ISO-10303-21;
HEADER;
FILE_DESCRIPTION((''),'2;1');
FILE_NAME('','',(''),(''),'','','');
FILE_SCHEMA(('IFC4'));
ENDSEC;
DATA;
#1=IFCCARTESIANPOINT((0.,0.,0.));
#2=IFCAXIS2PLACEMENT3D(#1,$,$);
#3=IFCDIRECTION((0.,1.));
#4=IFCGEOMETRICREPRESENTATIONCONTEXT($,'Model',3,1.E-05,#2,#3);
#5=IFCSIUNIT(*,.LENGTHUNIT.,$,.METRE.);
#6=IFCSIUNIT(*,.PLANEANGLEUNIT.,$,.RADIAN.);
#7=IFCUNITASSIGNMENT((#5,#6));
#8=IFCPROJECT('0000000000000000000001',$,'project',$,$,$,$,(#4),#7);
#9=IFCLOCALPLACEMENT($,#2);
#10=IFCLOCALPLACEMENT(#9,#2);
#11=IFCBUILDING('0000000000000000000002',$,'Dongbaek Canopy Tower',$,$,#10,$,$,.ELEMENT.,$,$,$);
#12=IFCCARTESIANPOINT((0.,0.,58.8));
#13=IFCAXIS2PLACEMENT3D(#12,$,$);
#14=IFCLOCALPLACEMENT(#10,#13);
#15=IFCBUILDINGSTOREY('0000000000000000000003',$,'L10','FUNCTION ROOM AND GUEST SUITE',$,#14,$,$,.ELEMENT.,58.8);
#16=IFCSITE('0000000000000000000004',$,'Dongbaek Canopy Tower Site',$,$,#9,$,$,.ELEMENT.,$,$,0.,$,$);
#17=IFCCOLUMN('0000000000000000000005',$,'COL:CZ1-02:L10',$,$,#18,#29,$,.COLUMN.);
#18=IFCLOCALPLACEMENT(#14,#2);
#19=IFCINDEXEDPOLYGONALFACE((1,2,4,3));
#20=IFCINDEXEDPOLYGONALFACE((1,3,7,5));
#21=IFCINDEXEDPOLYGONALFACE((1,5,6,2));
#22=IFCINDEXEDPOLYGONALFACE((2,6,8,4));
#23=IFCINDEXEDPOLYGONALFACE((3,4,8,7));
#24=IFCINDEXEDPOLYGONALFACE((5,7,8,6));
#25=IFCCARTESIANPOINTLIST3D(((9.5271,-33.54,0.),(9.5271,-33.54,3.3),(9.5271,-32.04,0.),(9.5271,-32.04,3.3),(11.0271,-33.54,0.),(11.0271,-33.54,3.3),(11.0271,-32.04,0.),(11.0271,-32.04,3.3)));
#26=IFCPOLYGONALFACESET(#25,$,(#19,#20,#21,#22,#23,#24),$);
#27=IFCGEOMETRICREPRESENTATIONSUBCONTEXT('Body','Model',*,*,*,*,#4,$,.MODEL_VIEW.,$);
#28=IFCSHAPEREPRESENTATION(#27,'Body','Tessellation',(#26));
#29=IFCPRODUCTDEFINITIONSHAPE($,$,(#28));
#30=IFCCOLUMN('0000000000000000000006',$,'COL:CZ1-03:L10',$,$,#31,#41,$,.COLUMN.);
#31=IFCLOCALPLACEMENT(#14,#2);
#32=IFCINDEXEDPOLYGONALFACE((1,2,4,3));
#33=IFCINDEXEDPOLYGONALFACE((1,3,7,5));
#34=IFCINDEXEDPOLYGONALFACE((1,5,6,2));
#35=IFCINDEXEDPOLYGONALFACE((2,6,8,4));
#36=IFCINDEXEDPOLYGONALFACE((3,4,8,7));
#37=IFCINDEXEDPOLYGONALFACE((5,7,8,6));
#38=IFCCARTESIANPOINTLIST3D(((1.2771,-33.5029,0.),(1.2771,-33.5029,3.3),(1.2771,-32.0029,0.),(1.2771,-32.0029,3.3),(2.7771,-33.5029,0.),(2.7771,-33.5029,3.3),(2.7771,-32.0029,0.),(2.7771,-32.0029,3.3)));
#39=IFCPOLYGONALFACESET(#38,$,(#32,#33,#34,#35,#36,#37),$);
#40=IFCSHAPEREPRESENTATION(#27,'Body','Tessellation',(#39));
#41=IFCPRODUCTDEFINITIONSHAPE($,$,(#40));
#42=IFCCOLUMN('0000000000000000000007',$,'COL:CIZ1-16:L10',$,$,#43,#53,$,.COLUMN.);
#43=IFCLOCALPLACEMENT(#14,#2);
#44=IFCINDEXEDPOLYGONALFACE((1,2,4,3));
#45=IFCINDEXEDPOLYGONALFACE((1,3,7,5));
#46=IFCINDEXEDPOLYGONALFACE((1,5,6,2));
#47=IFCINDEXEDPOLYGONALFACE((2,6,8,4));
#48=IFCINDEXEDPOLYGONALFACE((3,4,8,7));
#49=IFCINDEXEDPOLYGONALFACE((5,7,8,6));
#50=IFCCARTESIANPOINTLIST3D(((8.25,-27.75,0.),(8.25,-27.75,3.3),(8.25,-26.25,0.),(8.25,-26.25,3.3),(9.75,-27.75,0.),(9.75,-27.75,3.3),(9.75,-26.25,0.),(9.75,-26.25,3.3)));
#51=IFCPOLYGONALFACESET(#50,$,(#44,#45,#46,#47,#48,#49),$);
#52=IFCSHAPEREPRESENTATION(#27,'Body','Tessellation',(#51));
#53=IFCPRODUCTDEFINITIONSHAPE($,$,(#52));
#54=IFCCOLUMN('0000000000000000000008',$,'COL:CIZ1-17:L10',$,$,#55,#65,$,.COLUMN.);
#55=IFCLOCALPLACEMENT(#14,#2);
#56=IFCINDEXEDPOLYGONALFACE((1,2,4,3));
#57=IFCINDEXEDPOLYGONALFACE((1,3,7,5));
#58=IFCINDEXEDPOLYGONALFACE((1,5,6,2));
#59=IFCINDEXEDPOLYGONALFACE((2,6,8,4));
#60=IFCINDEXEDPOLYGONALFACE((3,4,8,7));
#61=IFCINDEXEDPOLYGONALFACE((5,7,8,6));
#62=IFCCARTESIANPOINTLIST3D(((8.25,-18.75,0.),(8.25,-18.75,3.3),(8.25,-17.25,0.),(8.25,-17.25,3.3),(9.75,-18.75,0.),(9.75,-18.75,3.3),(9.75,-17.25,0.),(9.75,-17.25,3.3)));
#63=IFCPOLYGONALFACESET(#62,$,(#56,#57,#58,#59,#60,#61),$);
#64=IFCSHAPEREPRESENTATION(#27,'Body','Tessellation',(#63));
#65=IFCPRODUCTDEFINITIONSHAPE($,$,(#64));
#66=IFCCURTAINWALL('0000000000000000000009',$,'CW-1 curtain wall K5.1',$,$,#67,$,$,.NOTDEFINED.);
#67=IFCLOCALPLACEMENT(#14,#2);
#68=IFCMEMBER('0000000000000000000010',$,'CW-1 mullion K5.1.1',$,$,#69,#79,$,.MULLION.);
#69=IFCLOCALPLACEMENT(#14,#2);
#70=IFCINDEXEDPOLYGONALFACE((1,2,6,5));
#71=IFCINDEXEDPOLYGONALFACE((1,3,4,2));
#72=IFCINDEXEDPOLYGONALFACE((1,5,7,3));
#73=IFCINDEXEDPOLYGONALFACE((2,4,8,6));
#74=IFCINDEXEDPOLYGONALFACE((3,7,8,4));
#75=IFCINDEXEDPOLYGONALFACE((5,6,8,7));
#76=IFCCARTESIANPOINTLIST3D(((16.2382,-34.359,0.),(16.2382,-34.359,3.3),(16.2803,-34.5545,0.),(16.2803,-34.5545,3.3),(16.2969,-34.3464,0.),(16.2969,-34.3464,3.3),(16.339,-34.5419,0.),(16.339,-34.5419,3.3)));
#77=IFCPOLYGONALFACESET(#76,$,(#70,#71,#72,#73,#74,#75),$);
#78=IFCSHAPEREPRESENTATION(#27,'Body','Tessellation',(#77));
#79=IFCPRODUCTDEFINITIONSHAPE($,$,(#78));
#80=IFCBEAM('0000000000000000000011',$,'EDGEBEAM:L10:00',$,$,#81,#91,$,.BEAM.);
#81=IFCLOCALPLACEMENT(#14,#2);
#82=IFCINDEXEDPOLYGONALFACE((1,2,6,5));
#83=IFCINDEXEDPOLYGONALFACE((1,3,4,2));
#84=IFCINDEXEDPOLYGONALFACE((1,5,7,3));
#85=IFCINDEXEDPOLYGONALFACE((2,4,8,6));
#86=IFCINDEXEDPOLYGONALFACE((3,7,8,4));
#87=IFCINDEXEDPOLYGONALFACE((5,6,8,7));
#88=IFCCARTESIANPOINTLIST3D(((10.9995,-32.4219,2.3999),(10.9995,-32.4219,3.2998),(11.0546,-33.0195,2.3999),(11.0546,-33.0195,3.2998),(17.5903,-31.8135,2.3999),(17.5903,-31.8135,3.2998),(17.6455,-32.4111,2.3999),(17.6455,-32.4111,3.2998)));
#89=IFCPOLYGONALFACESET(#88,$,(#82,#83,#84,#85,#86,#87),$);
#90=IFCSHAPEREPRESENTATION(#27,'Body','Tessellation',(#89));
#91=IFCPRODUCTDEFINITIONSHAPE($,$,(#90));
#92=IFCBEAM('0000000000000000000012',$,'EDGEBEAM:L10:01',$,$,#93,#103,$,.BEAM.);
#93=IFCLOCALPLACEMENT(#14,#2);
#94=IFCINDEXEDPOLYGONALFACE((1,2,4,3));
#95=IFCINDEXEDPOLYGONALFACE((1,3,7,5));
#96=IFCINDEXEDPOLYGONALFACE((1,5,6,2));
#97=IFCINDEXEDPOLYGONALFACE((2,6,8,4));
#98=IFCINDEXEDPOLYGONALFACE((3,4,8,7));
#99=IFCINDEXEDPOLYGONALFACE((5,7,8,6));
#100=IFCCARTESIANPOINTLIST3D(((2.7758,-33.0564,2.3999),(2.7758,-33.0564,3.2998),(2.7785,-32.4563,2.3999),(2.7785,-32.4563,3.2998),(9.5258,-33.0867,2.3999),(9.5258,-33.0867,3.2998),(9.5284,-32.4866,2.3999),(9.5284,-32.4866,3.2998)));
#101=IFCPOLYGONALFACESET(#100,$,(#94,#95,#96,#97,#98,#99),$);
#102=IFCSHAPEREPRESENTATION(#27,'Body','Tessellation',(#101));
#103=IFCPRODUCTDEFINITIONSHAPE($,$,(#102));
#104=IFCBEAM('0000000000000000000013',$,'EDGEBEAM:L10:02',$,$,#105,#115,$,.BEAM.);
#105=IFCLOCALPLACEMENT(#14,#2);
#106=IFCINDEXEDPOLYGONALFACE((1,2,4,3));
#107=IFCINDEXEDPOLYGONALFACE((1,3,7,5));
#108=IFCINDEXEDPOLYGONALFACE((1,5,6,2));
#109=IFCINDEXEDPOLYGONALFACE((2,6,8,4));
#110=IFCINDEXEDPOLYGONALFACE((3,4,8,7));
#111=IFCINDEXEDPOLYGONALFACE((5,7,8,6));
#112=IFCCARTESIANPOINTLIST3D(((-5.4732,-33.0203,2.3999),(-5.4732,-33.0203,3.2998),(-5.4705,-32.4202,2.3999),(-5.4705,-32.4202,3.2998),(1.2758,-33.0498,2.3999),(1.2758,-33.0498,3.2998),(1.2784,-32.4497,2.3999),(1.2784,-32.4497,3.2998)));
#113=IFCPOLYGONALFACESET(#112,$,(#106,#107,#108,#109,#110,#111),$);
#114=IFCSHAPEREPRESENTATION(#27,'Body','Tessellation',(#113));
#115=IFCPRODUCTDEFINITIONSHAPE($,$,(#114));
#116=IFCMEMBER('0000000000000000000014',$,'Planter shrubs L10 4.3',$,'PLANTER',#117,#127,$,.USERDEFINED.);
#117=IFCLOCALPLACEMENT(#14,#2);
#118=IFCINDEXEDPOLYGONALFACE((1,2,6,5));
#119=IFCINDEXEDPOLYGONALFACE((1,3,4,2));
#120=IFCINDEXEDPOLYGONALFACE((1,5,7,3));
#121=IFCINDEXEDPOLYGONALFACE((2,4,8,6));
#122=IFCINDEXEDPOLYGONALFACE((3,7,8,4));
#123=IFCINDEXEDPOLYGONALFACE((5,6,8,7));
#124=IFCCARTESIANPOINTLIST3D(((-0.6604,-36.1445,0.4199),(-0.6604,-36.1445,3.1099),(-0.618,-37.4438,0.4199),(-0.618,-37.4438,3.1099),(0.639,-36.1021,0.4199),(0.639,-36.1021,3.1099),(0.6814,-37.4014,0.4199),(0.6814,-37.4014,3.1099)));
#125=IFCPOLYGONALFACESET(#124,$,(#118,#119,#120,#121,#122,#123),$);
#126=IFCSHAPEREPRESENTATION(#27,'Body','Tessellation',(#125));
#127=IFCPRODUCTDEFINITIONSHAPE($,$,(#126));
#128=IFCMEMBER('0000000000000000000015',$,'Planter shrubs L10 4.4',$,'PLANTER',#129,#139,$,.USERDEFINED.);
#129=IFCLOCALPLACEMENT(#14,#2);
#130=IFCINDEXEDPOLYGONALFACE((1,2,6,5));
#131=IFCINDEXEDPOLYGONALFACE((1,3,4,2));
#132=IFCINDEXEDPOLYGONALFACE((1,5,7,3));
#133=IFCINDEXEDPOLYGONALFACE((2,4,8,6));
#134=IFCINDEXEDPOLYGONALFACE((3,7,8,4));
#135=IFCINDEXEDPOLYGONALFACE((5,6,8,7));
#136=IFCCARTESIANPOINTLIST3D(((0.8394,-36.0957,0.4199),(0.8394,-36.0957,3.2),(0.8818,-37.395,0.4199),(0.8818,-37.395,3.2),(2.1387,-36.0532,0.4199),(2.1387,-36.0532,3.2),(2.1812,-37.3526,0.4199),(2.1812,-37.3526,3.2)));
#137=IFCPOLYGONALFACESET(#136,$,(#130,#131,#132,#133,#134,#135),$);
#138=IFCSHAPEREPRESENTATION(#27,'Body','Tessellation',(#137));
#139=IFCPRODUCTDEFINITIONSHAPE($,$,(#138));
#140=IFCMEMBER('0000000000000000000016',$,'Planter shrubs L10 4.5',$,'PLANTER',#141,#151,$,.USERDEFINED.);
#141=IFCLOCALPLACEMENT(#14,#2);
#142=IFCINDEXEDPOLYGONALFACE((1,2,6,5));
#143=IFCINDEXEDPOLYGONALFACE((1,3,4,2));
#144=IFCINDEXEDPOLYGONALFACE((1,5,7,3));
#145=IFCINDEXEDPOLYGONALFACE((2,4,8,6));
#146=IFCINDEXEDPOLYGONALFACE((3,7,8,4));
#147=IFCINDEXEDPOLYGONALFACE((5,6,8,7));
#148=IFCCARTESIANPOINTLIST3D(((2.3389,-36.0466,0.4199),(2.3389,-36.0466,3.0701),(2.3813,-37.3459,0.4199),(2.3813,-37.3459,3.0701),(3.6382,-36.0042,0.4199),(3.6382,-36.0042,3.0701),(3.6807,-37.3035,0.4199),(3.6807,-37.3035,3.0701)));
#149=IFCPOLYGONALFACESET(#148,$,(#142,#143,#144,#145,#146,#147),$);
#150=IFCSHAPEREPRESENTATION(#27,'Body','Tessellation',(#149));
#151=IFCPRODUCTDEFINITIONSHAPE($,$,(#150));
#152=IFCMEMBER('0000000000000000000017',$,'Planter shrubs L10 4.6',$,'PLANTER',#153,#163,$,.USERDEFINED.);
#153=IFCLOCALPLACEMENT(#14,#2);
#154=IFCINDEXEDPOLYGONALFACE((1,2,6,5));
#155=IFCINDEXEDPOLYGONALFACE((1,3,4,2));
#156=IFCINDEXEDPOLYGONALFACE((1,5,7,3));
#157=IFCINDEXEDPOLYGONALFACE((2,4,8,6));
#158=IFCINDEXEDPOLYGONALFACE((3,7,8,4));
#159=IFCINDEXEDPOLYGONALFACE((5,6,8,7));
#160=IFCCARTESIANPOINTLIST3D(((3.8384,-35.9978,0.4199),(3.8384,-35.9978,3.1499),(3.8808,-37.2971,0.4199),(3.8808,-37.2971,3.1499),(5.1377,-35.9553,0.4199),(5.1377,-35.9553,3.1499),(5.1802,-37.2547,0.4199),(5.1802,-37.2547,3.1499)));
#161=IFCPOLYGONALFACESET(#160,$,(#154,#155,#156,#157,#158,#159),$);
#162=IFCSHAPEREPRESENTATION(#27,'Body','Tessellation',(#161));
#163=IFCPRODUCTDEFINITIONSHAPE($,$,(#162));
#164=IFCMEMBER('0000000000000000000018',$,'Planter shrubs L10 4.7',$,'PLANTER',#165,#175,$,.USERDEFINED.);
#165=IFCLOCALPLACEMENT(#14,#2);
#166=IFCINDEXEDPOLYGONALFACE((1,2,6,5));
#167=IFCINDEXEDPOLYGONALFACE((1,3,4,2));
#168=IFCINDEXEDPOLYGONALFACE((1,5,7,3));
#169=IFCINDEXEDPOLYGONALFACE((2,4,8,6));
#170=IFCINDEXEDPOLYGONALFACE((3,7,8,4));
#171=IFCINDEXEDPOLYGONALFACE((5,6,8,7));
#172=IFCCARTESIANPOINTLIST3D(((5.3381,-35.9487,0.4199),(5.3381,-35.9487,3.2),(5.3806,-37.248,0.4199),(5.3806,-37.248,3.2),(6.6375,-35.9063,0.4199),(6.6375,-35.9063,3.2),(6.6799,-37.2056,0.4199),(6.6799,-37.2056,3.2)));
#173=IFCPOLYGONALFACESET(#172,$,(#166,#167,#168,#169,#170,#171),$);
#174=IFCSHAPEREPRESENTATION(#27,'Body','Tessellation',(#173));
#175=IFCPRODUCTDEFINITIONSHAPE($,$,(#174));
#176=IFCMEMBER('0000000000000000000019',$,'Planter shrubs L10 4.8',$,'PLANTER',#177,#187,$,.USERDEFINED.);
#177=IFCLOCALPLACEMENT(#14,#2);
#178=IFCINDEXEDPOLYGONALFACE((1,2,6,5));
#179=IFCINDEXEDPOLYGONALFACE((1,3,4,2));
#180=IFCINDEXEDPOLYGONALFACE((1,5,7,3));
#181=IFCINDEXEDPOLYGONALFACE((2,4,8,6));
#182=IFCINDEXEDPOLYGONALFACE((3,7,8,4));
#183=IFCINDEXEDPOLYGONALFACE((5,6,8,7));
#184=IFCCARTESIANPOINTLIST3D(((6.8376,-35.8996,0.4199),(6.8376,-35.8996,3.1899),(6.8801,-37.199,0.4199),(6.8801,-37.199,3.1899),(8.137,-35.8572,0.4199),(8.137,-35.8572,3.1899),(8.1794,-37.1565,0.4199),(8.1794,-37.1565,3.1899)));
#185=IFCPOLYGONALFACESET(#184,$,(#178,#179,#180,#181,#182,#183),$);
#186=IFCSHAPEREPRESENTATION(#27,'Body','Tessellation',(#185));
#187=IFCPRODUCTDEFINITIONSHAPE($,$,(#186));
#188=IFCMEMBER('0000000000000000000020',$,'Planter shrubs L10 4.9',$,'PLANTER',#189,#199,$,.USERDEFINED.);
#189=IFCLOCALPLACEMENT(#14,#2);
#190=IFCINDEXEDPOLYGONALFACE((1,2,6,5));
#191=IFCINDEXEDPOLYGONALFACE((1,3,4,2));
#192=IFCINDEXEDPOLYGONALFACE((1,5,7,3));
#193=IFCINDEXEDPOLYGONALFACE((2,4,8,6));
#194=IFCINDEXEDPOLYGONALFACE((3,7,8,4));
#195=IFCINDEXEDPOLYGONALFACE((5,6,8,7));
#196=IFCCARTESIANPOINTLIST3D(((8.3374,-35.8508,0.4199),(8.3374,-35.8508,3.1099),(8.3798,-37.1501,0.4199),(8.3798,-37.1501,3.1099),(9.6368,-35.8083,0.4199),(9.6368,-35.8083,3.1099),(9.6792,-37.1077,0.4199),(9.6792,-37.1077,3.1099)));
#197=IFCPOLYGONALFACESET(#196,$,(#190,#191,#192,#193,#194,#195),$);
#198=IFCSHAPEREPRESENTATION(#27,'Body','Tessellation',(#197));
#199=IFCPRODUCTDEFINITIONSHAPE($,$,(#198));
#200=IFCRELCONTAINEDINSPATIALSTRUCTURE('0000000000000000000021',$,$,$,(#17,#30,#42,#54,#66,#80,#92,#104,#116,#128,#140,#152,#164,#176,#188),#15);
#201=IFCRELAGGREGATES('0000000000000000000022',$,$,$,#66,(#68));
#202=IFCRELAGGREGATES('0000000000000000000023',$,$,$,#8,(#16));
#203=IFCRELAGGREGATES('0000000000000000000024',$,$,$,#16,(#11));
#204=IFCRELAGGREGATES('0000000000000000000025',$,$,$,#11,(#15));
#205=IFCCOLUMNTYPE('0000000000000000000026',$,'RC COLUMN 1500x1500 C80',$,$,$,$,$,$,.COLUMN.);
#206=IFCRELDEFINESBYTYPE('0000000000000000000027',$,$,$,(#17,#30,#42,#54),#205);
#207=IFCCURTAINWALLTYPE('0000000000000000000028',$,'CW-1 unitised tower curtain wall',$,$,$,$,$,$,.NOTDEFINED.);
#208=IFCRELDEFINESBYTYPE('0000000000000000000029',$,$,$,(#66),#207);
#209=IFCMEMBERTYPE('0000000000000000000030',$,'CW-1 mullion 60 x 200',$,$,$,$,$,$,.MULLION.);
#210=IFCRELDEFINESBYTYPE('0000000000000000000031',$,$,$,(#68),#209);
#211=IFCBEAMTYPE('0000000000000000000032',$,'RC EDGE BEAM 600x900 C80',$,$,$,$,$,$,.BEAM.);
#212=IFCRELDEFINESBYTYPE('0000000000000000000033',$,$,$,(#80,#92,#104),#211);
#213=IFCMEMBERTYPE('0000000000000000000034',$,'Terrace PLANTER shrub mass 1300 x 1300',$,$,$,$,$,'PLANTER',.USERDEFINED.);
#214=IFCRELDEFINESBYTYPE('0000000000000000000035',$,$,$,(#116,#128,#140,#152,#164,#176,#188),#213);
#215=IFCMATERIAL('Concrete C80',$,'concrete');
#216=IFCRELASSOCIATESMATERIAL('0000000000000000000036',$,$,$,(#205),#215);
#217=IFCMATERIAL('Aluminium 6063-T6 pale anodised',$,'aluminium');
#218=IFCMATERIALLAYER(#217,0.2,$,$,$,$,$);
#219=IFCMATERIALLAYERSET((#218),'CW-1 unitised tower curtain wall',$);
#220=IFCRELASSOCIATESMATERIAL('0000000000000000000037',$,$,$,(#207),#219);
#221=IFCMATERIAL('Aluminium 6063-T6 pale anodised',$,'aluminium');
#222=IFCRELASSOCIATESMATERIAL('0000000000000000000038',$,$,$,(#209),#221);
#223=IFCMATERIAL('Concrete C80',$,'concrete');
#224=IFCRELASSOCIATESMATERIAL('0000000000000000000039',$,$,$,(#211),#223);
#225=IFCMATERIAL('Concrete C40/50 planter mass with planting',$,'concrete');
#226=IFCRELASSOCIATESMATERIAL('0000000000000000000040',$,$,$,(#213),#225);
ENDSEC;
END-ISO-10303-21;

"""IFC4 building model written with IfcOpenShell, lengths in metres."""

from ifc_helpers import new_model, si_unit, direction, frame, origin, origin_2d, place, context, subcontext, project, spatial, rectangle, extrude, material, layer, layer_set, material_profile, profile_set, type_object, element, aggregate, save


model = new_model("IFC4")

# Units and contexts
model_context = context("Model", 3, precision=1e-05, world=origin(), true_north=direction((0.0, 1.0)))
body_context = subcontext(model_context, "Body", "Model", "MODEL_VIEW")
ifc_project = project(units=[si_unit("LENGTHUNIT", "METRE"), si_unit("PLANEANGLEUNIT", "RADIAN")], contexts=[model_context])

# Site, building, storey
site_placement = place(None, origin())
site = spatial("IfcSite", under=ifc_project, at=site_placement, Name="Dongbaek Canopy Tower Site", CompositionType="ELEMENT", RefElevation=0.0)
building_placement = place(site_placement, origin())
building = spatial("IfcBuilding", under=site, at=building_placement, Name="Dongbaek Canopy Tower", CompositionType="ELEMENT")
storey_placement = place(building_placement, frame((0.0, 0.0, 58.8)))
storey = spatial("IfcBuildingStorey", under=building, at=storey_placement, Name="L10", Description="FUNCTION ROOM AND GUEST SUITE", CompositionType="ELEMENT", Elevation=58.8)

# Columns
ifc_material_1 = material(Name="Concrete C80", Category="concrete")
ifc_material_profile_1 = material_profile(ifc_material_1, rectangle(XDim=1.5, YDim=1.5, at=origin_2d()), Name="RC COLUMN 1500x1500 C80")
ifc_profile_set_1 = profile_set([ifc_material_profile_1], Name="Concrete C80")
column_type = type_object("IfcColumnType", Name="RC COLUMN 1500x1500 C80", PredefinedType="COLUMN", material=ifc_profile_set_1)
for number, where, z_axis, x_axis, name in (
    (1, (10.2771, -32.79, 0.0), (0.0, 0.0, 1.0), (1.0, 0.0, 0.0), "COL:CZ1-02:L10"),
    (2, (2.0271, -32.7529, 0.0), (0.0, 0.0, 1.0), (1.0, 0.0, 0.0), "COL:CZ1-03:L10"),
    (3, (9.0, -27.0, 0.0), (0.0, 0.0, 1.0), (1.0, 0.0, 0.0), "COL:CIZ1-16:L10"),
    (4, (9.0, -18.0, 0.0), (0.0, 0.0, 1.0), (1.0, 0.0, 0.0), "COL:CIZ1-17:L10"),
):
    element("IfcColumn", number, at=place(storey_placement, frame(where, z_axis=z_axis, x_axis=x_axis)), inside=storey, type_object=column_type, Name=name, PredefinedType="COLUMN", context=body_context, shape_type="SweptSolid", body=[
        extrude(rectangle(XDim=1.5, YDim=1.5, at=origin_2d()), origin(), (0.0, 0.0, 1.0), 3.3),
    ])

# Curtain wall, member
ifc_material_2 = material(Name="Aluminium 6063-T6 pale anodised", Category="aluminium")
ifc_layer_1 = layer(ifc_material_2, 0.2)
ifc_layer_set_1 = layer_set([ifc_layer_1], Name="CW-1 unitised tower curtain wall")
curtain_wall_type = type_object("IfcCurtainWallType", Name="CW-1 unitised tower curtain wall", PredefinedType="NOTDEFINED", material=ifc_layer_set_1)
curtain_wall_placement = place(storey_placement, origin())
curtain_wall = element("IfcCurtainWall", 5, at=curtain_wall_placement, inside=storey, type_object=curtain_wall_type, Name="CW-1 curtain wall K5.1", PredefinedType="NOTDEFINED")
ifc_material_3 = material(Name="Aluminium 6063-T6 pale anodised", Category="aluminium")
ifc_material_profile_2 = material_profile(ifc_material_3, rectangle(XDim=0.2, YDim=0.0601, at=origin_2d()), Name="CW-1 mullion 60 x 200")
ifc_profile_set_2 = profile_set([ifc_material_profile_2], Name="Aluminium 6063-T6 pale anodised")
member_type_1 = type_object("IfcMemberType", Name="CW-1 mullion 60 x 200", PredefinedType="MULLION", material=ifc_profile_set_2)
member_1_placement = place(storey_placement, frame((16.2886, -34.4504, 0.0), z_axis=(0.0, 0.0, 1.0), x_axis=(0.210435, -0.977608, 0.0)))
member_1 = element("IfcMember", 6, at=member_1_placement, type_object=member_type_1, Name="CW-1 mullion K5.1.1", PredefinedType="MULLION", context=body_context, shape_type="SweptSolid", body=[
    extrude(rectangle(XDim=0.2, YDim=0.0601, at=origin_2d()), origin(), (0.0, 0.0, 1.0), 3.3),
])

# Beams
ifc_material_4 = material(Name="Concrete C80", Category="concrete")
ifc_material_profile_3 = material_profile(ifc_material_4, rectangle(XDim=0.6001, YDim=0.8999, at=origin_2d()), Name="RC EDGE BEAM 600x900 C80")
ifc_profile_set_3 = profile_set([ifc_material_profile_3], Name="Concrete C80")
beam_type = type_object("IfcBeamType", Name="RC EDGE BEAM 600x900 C80", PredefinedType="BEAM", material=ifc_profile_set_3)
beam_1_placement = place(storey_placement, frame((17.6179, -32.1123, 2.8499), z_axis=(-0.995766, -0.091919, 0.0), x_axis=(0.091919, -0.995766, 0.0)))
element("IfcBeam", 7, at=beam_1_placement, inside=storey, type_object=beam_type, Name="EDGEBEAM:L10:00", PredefinedType="BEAM", context=body_context, shape_type="SweptSolid", body=[
    extrude(rectangle(XDim=0.6001, YDim=0.8999, at=origin_2d()), origin(), (0.0, 0.0, 1.0), 6.6189),
])
beam_2_placement = place(storey_placement, frame((9.5271, -32.7866, 2.8499), z_axis=(-0.99999, 0.004485, 0.0), x_axis=(-0.004485, -0.99999, 0.0)))
element("IfcBeam", 8, at=beam_2_placement, inside=storey, type_object=beam_type, Name="EDGEBEAM:L10:01", PredefinedType="BEAM", context=body_context, shape_type="SweptSolid", body=[
    extrude(rectangle(XDim=0.6001, YDim=0.8999, at=origin_2d()), origin(), (0.0, 0.0, 1.0), 6.75),
])
beam_3_placement = place(storey_placement, frame((1.2771, -32.7498, 2.8499), z_axis=(-0.99999, 0.004377, 0.0), x_axis=(-0.004377, -0.99999, 0.0)))
element("IfcBeam", 9, at=beam_3_placement, inside=storey, type_object=beam_type, Name="EDGEBEAM:L10:02", PredefinedType="BEAM", context=body_context, shape_type="SweptSolid", body=[
    extrude(rectangle(XDim=0.6001, YDim=0.8999, at=origin_2d()), origin(), (0.0, 0.0, 1.0), 6.749),
])

# Members
ifc_material_5 = material(Name="Concrete C40/50 planter mass with planting", Category="concrete")
ifc_material_profile_4 = material_profile(ifc_material_5, rectangle(XDim=1.3, YDim=1.3, at=origin_2d()), Name="Terrace PLANTER shrub mass 1300 x 1300")
ifc_profile_set_4 = profile_set([ifc_material_profile_4], Name="Concrete C40/50 planter mass with planting")
member_type_2 = type_object("IfcMemberType", Name="Terrace PLANTER shrub mass 1300 x 1300", ElementType="PLANTER", PredefinedType="USERDEFINED", material=ifc_profile_set_4)
member_2_placement = place(storey_placement, frame((0.0105, -36.7729, 0.4199), z_axis=(0.0, 0.0, 1.0), x_axis=(0.032646, -0.999467, 0.0)))
element("IfcMember", 10, at=member_2_placement, inside=storey, type_object=member_type_2, Name="Planter shrubs L10 4.3", ObjectType="PLANTER", PredefinedType="USERDEFINED", context=body_context, shape_type="SweptSolid", body=[
    extrude(rectangle(XDim=1.3, YDim=1.3, at=origin_2d()), origin(), (0.0, 0.0, 1.0), 2.6899),
])
member_3_placement = place(storey_placement, frame((1.5103, -36.7241, 0.4199), z_axis=(0.0, 0.0, 1.0), x_axis=(0.032646, -0.999467, 0.0)))
element("IfcMember", 11, at=member_3_placement, inside=storey, type_object=member_type_2, Name="Planter shrubs L10 4.4", ObjectType="PLANTER", PredefinedType="USERDEFINED", context=body_context, shape_type="SweptSolid", body=[
    extrude(rectangle(XDim=1.3, YDim=1.3, at=origin_2d()), origin(), (0.0, 0.0, 1.0), 2.78),
])
member_4_placement = place(storey_placement, frame((3.0098, -36.675, 0.4199), z_axis=(0.0, 0.0, 1.0), x_axis=(0.032646, -0.999467, 0.0)))
element("IfcMember", 12, at=member_4_placement, inside=storey, type_object=member_type_2, Name="Planter shrubs L10 4.5", ObjectType="PLANTER", PredefinedType="USERDEFINED", context=body_context, shape_type="SweptSolid", body=[
    extrude(rectangle(XDim=1.3, YDim=1.3, at=origin_2d()), origin(), (0.0, 0.0, 1.0), 2.6501),
])
member_5_placement = place(storey_placement, frame((4.5093, -36.6262, 0.4199), z_axis=(0.0, 0.0, 1.0), x_axis=(0.032646, -0.999467, 0.0)))
element("IfcMember", 13, at=member_5_placement, inside=storey, type_object=member_type_2, Name="Planter shrubs L10 4.6", ObjectType="PLANTER", PredefinedType="USERDEFINED", context=body_context, shape_type="SweptSolid", body=[
    extrude(rectangle(XDim=1.3, YDim=1.3, at=origin_2d()), origin(), (0.0, 0.0, 1.0), 2.73),
])
member_6_placement = place(storey_placement, frame((6.009, -36.5771, 0.4199), z_axis=(0.0, 0.0, 1.0), x_axis=(0.032646, -0.999467, 0.0)))
element("IfcMember", 14, at=member_6_placement, inside=storey, type_object=member_type_2, Name="Planter shrubs L10 4.7", ObjectType="PLANTER", PredefinedType="USERDEFINED", context=body_context, shape_type="SweptSolid", body=[
    extrude(rectangle(XDim=1.3, YDim=1.3, at=origin_2d()), origin(), (0.0, 0.0, 1.0), 2.78),
])
member_7_placement = place(storey_placement, frame((7.5085, -36.5281, 0.4199), z_axis=(0.0, 0.0, 1.0), x_axis=(0.032646, -0.999467, 0.0)))
element("IfcMember", 15, at=member_7_placement, inside=storey, type_object=member_type_2, Name="Planter shrubs L10 4.8", ObjectType="PLANTER", PredefinedType="USERDEFINED", context=body_context, shape_type="SweptSolid", body=[
    extrude(rectangle(XDim=1.3, YDim=1.3, at=origin_2d()), origin(), (0.0, 0.0, 1.0), 2.77),
])
member_8_placement = place(storey_placement, frame((9.0083, -36.4792, 0.4199), z_axis=(0.0, 0.0, 1.0), x_axis=(0.032646, -0.999467, 0.0)))
element("IfcMember", 16, at=member_8_placement, inside=storey, type_object=member_type_2, Name="Planter shrubs L10 4.9", ObjectType="PLANTER", PredefinedType="USERDEFINED", context=body_context, shape_type="SweptSolid", body=[
    extrude(rectangle(XDim=1.3, YDim=1.3, at=origin_2d()), origin(), (0.0, 0.0, 1.0), 2.6899),
])

aggregate(curtain_wall, [member_1])

save(model, "model.ifc")
